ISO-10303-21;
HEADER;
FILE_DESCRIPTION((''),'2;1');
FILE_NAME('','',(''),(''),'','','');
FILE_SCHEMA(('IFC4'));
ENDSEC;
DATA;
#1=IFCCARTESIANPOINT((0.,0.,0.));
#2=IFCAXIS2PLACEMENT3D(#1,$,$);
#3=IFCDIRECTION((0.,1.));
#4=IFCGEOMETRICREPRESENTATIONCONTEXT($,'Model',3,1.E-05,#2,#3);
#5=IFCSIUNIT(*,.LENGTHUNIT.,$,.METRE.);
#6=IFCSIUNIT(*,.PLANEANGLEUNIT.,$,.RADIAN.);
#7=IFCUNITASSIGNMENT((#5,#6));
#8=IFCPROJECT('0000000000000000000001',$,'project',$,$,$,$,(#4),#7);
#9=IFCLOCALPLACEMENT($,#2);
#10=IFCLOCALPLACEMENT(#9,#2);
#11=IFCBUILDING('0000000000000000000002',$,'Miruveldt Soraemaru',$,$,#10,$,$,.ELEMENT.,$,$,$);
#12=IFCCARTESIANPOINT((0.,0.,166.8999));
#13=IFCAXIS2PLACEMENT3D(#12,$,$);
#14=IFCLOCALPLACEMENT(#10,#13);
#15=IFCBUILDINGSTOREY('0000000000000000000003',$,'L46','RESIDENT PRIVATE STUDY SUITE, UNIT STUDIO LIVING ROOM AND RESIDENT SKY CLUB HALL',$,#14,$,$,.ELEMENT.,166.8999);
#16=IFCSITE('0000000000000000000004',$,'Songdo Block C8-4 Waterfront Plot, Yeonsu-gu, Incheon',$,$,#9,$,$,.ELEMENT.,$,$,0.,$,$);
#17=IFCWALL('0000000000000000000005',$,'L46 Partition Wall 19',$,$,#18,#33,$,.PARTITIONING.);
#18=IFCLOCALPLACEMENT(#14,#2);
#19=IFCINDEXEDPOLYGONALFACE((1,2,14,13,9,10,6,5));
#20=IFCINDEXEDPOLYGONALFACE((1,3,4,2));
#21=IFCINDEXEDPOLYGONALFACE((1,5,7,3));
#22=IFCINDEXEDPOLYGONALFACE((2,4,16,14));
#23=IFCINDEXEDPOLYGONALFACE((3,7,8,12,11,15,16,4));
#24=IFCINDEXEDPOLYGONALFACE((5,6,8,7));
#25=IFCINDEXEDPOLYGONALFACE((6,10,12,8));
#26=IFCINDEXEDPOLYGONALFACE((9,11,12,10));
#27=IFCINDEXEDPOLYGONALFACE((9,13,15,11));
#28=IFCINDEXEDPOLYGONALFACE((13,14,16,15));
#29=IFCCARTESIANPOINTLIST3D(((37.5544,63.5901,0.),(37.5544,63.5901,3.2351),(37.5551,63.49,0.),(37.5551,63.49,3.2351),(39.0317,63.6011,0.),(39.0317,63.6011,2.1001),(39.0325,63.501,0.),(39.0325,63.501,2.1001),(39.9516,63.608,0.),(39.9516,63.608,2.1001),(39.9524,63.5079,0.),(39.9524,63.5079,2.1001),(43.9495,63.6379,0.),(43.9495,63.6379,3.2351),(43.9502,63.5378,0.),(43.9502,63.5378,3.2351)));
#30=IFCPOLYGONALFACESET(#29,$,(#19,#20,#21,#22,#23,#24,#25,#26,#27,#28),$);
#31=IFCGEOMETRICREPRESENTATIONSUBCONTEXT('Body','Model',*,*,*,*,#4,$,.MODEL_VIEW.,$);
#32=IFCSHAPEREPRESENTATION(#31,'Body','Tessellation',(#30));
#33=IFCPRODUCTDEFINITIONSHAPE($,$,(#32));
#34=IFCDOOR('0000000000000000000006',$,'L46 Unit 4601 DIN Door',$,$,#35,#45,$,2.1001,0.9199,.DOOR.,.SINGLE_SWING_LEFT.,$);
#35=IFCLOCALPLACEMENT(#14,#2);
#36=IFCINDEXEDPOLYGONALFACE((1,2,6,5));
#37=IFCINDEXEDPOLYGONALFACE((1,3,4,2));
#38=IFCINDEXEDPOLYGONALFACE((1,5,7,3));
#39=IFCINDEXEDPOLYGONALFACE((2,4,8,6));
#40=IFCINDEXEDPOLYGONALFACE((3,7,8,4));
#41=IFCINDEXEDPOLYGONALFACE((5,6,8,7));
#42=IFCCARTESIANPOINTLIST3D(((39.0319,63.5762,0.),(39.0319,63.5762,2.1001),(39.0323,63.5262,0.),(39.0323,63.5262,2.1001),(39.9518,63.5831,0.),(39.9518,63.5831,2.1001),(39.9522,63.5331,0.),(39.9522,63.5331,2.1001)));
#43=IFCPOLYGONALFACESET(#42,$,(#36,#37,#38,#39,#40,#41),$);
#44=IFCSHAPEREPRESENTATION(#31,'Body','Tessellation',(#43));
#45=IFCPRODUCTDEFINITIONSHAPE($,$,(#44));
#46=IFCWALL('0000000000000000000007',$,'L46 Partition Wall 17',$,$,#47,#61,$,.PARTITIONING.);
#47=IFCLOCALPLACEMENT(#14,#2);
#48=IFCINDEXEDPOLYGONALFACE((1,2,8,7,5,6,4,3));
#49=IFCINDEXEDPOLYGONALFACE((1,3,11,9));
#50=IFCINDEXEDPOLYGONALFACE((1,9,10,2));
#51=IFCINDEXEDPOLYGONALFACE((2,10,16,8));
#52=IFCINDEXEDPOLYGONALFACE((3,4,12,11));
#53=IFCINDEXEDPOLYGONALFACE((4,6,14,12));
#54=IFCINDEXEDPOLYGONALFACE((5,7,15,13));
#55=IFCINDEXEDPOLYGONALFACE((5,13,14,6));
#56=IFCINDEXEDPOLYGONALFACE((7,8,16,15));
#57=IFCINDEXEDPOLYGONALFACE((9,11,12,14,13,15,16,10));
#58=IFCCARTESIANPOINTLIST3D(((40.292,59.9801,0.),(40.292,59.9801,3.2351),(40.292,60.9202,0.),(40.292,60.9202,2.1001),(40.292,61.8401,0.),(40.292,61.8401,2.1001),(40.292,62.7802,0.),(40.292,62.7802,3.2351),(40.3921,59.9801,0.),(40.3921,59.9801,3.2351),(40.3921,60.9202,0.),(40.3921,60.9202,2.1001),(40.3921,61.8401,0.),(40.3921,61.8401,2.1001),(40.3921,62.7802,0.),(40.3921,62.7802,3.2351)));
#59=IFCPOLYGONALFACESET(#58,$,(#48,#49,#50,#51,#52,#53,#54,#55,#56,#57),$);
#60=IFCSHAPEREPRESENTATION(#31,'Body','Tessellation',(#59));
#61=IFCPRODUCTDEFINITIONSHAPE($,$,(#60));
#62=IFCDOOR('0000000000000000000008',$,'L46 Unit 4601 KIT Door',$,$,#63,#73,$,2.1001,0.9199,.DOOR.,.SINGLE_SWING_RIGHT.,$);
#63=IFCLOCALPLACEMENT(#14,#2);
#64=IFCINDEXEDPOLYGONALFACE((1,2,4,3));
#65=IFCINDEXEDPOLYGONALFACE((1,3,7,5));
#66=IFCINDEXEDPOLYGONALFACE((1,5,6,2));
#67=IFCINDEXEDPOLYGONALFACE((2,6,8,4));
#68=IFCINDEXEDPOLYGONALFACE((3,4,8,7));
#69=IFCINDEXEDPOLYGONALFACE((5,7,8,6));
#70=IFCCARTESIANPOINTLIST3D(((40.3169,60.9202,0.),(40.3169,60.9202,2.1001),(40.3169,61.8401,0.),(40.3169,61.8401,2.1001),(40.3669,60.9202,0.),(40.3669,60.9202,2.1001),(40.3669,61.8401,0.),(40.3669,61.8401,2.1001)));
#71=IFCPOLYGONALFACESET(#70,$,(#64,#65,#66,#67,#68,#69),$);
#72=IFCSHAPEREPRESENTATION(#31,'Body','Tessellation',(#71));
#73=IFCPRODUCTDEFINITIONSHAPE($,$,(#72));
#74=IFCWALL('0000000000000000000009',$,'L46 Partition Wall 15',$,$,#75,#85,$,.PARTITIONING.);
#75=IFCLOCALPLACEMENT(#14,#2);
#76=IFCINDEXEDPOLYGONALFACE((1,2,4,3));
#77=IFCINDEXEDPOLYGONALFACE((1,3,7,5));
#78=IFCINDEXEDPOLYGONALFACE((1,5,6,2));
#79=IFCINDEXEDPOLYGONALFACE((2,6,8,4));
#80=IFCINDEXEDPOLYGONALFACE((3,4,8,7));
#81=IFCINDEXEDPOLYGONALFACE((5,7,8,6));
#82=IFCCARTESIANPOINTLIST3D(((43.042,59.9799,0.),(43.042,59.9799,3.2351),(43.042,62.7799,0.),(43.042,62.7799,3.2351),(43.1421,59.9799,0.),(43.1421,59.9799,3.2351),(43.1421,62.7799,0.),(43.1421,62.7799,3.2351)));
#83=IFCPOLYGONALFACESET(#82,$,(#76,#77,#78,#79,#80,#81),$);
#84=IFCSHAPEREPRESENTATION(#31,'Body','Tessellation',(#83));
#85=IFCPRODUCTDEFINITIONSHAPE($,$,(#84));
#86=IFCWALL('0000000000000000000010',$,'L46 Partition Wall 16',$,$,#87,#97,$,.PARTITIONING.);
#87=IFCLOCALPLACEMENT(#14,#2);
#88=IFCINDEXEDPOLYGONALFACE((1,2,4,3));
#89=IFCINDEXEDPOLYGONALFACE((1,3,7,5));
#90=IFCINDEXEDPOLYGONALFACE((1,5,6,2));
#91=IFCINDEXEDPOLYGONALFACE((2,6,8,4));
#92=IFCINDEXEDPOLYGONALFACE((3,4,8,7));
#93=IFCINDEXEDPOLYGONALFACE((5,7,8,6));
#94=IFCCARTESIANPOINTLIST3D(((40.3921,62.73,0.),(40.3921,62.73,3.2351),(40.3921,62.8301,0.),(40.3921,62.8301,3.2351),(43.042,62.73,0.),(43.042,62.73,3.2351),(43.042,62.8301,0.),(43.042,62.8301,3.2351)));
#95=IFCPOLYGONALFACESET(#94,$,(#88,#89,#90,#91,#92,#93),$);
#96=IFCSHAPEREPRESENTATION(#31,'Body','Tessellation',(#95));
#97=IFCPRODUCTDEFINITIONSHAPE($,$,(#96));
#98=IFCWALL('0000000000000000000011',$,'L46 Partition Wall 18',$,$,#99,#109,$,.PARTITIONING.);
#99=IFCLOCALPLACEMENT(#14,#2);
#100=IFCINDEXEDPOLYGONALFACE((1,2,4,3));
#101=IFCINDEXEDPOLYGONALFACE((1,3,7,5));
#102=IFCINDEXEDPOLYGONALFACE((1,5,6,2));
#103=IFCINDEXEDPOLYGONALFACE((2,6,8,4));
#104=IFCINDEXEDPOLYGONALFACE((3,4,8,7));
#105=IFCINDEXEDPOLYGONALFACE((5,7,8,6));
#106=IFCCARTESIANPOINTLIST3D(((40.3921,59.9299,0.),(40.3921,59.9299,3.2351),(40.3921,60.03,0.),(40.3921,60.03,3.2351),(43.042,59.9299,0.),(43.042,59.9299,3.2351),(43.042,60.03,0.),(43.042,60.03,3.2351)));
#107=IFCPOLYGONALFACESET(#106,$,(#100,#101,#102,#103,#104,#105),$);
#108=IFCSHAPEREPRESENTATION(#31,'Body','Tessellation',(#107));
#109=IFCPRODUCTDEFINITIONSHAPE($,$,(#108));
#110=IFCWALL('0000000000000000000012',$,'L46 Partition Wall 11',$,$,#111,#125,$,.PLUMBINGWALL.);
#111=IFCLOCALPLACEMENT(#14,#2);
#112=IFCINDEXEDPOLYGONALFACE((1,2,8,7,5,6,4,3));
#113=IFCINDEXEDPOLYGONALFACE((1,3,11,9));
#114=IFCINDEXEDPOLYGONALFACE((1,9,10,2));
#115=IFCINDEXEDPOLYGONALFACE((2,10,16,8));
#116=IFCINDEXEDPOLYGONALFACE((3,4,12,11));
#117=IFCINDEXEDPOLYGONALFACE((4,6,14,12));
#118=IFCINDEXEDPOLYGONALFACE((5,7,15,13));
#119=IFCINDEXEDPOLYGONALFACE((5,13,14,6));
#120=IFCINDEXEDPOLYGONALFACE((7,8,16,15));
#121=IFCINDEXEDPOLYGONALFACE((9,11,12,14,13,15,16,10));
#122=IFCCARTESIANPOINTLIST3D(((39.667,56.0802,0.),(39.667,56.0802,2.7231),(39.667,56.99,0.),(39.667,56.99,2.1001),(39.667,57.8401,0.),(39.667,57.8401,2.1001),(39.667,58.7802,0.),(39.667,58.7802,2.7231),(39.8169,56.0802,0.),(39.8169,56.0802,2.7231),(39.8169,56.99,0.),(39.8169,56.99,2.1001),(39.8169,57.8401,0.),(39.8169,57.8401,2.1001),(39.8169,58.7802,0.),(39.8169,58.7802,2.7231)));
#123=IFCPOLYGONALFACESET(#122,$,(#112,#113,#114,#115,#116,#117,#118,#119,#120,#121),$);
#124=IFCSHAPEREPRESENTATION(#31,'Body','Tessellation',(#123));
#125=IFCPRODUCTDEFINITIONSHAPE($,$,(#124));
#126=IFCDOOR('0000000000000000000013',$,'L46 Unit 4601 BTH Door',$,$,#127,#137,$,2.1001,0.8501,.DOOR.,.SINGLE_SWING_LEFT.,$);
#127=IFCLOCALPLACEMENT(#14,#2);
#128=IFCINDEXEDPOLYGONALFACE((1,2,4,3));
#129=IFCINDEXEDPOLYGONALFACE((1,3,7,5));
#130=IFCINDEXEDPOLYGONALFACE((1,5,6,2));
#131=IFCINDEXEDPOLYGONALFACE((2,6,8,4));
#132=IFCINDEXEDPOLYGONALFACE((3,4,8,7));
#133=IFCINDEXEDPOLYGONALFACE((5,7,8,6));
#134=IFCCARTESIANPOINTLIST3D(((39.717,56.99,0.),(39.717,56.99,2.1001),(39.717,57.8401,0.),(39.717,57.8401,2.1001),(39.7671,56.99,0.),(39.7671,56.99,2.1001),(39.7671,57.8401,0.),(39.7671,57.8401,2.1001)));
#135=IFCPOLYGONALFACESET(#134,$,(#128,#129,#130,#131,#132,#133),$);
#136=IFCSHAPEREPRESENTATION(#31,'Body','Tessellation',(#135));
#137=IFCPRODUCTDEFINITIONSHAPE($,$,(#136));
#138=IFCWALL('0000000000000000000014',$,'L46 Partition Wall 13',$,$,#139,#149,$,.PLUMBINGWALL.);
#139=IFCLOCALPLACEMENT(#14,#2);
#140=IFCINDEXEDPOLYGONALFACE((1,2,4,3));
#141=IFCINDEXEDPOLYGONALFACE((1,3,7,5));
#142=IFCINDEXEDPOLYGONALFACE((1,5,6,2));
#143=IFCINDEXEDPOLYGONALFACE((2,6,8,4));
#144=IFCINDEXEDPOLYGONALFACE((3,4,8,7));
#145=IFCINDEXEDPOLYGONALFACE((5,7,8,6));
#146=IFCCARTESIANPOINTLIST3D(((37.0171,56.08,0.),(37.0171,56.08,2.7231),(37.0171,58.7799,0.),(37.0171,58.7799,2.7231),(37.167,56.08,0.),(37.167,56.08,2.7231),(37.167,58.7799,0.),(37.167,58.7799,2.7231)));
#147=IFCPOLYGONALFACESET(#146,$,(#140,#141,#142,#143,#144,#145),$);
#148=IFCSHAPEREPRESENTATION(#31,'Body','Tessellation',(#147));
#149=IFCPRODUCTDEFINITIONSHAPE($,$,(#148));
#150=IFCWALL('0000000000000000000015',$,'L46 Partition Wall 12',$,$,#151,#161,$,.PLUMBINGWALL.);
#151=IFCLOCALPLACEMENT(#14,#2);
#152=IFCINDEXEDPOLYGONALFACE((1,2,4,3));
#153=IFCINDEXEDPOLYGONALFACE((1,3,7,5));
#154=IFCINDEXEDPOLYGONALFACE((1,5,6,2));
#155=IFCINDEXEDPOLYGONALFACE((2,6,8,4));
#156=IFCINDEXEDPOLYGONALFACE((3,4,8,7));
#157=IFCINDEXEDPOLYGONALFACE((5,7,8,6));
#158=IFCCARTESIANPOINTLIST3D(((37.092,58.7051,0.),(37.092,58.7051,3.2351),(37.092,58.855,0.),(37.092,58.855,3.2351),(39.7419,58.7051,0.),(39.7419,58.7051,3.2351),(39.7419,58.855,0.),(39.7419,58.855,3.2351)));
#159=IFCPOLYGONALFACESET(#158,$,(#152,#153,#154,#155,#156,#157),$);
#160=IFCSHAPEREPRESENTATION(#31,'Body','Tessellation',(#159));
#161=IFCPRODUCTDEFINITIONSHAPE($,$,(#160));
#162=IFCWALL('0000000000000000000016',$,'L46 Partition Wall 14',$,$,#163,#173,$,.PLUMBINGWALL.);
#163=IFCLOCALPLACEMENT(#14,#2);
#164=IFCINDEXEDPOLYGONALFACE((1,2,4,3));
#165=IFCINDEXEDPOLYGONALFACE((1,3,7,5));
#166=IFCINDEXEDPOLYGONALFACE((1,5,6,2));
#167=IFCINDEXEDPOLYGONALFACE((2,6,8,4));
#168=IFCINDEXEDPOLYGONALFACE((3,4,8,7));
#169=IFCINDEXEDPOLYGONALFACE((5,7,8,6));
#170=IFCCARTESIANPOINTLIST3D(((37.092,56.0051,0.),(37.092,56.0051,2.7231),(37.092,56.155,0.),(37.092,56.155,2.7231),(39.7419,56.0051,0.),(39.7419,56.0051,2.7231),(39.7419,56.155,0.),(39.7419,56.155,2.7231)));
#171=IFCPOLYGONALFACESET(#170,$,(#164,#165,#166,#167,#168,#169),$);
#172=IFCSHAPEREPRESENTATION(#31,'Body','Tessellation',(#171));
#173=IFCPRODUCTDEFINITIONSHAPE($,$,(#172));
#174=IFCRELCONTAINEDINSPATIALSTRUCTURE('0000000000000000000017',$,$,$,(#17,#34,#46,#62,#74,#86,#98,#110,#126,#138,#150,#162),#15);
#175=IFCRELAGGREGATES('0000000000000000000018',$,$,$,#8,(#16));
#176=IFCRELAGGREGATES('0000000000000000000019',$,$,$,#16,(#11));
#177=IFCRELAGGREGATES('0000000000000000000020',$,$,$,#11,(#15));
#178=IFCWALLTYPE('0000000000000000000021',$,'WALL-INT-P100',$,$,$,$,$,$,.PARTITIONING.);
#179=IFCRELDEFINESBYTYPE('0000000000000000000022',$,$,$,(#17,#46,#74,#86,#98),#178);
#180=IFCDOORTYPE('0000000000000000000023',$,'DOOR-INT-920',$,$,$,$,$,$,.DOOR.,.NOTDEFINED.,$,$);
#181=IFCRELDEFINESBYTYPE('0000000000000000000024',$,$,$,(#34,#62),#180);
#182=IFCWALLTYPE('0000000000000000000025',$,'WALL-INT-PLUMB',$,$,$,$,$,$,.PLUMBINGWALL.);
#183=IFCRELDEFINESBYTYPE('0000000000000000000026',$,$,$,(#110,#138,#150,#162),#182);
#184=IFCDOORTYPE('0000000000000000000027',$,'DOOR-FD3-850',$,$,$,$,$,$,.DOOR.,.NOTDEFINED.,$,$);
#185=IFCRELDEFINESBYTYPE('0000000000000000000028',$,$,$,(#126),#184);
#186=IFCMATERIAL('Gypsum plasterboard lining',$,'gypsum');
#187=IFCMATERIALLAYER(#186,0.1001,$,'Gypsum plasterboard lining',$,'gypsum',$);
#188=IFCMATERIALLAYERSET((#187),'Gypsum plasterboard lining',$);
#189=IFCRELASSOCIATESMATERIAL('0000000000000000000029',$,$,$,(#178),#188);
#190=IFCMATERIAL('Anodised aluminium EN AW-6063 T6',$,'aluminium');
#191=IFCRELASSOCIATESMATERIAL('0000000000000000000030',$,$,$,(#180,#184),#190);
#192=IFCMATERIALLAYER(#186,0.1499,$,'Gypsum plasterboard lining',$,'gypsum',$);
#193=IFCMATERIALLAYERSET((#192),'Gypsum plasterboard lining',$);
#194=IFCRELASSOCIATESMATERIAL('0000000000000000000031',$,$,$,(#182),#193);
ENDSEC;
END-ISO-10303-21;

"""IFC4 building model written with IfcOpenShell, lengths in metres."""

from ifc_helpers import new_model, si_unit, direction, frame, frame_2d, origin, place, context, subcontext, project, spatial, rectangle, extrude, material, layer, layer_set, type_object, element, fill, save


model = new_model("IFC4")

# Units and contexts
model_context = context("Model", 3, precision=1e-05, world=origin(), true_north=direction((0.0, 1.0)))
body_context = subcontext(model_context, "Body", "Model", "MODEL_VIEW")
ifc_project = project(units=[si_unit("LENGTHUNIT", "METRE"), si_unit("PLANEANGLEUNIT", "RADIAN")], contexts=[model_context])

# Site, building, storey
site_placement = place(None, origin())
site = spatial("IfcSite", under=ifc_project, at=site_placement, Name="Songdo Block C8-4 Waterfront Plot, Yeonsu-gu, Incheon", CompositionType="ELEMENT", RefElevation=0.0)
building_placement = place(site_placement, origin())
building = spatial("IfcBuilding", under=site, at=building_placement, Name="Miruveldt Soraemaru", CompositionType="ELEMENT")
storey_placement = place(building_placement, frame((0.0, 0.0, 166.8999)))
storey = spatial("IfcBuildingStorey", under=building, at=storey_placement, Name="L46", Description="RESIDENT PRIVATE STUDY SUITE, UNIT STUDIO LIVING ROOM AND RESIDENT SKY CLUB HALL", CompositionType="ELEMENT", Elevation=166.8999)

# Walls, openings, doors
ifc_material_1 = material(Name="Gypsum plasterboard lining", Category="gypsum")
ifc_layer_1 = layer(ifc_material_1, 0.1001, Name="Gypsum plasterboard lining", Category="gypsum")
ifc_layer_set_1 = layer_set([ifc_layer_1], Name="Gypsum plasterboard lining")
wall_type_1 = type_object("IfcWallType", Name="WALL-INT-P100", PredefinedType="PARTITIONING", material=ifc_layer_set_1)
wall_1_placement = place(storey_placement, frame((43.95, 63.5879, 0.0), z_axis=(0.0, 0.0, 1.0), x_axis=(-0.999972, -0.007482, 0.0)))
wall_1 = element("IfcWall", 1, at=wall_1_placement, inside=storey, type_object=wall_type_1, Name="L46 Partition Wall 19", PredefinedType="PARTITIONING", context=body_context, shape_type="SweptSolid", body=[
    extrude(rectangle(XDim=6.3953, YDim=0.1001, at=frame_2d((3.1978, 0.0))), origin(), (0.0, 0.0, 1.0), 3.2351),
])
opening_1_placement = place(wall_1_placement, frame((3.998, 0.0, 0.0)))
opening_1 = element("IfcOpeningElement", 2, at=opening_1_placement, cuts=wall_1, PredefinedType="OPENING", context=body_context, shape_type="SweptSolid", body=[
    extrude(rectangle(XDim=0.9199, YDim=2.1001, at=frame_2d((0.46, 1.05))), frame((0.0, 0.0601, 0.0), z_axis=(0.0, -1.0, 0.0), x_axis=(1.0, 0.0, 0.0)), (0.0, 0.0, 1.0), 0.1201),
])
ifc_material_2 = material(Name="Anodised aluminium EN AW-6063 T6", Category="aluminium")
door_type_1 = type_object("IfcDoorType", Name="DOOR-INT-920", OperationType="NOTDEFINED", PredefinedType="DOOR", material=ifc_material_2)
door_1_placement = place(opening_1_placement, origin())
door_1 = element("IfcDoor", 3, at=door_1_placement, inside=storey, type_object=door_type_1, Name="L46 Unit 4601 DIN Door", OperationType="SINGLE_SWING_LEFT", OverallHeight=2.1001, OverallWidth=0.9199, PredefinedType="DOOR", context=body_context, shape_type="SweptSolid", body=[
    extrude(rectangle(XDim=0.9199, YDim=2.1001, at=frame_2d((0.46, 1.05))), frame((0.0, 0.0249, 0.0), z_axis=(0.0, -1.0, 0.0), x_axis=(1.0, 0.0, 0.0)), (0.0, 0.0, 1.0), 0.05),
])
fill(opening_1, door_1)
wall_2_placement = place(storey_placement, frame((40.342, 62.78, 0.0), z_axis=(0.0, 0.0, 1.0), x_axis=(0.0, -1.0, 0.0)))
wall_2 = element("IfcWall", 4, at=wall_2_placement, inside=storey, type_object=wall_type_1, Name="L46 Partition Wall 17", PredefinedType="PARTITIONING", context=body_context, shape_type="SweptSolid", body=[
    extrude(rectangle(XDim=2.8, YDim=0.1001, at=frame_2d((1.3999, 0.0))), origin(), (0.0, 0.0, 1.0), 3.2351),
])
opening_2_placement = place(wall_2_placement, frame((0.9399, 0.0, 0.0)))
opening_2 = element("IfcOpeningElement", 5, at=opening_2_placement, cuts=wall_2, PredefinedType="OPENING", context=body_context, shape_type="SweptSolid", body=[
    extrude(rectangle(XDim=0.9199, YDim=2.1001, at=frame_2d((0.46, 1.05))), frame((0.0, 0.0601, 0.0), z_axis=(0.0, -1.0, 0.0), x_axis=(1.0, 0.0, 0.0)), (0.0, 0.0, 1.0), 0.1201),
])
door_2_placement = place(opening_2_placement, origin())
door_2 = element("IfcDoor", 6, at=door_2_placement, inside=storey, type_object=door_type_1, Name="L46 Unit 4601 KIT Door", OperationType="SINGLE_SWING_RIGHT", OverallHeight=2.1001, OverallWidth=0.9199, PredefinedType="DOOR", context=body_context, shape_type="SweptSolid", body=[
    extrude(rectangle(XDim=0.9199, YDim=2.1001, at=frame_2d((0.46, 1.05))), frame((0.0, 0.0249, 0.0), z_axis=(0.0, -1.0, 0.0), x_axis=(1.0, 0.0, 0.0)), (0.0, 0.0, 1.0), 0.05),
])
fill(opening_2, door_2)

# Walls
wall_3_placement = place(storey_placement, frame((43.092, 59.98, 0.0), z_axis=(0.0, 0.0, 1.0), x_axis=(0.0, 1.0, 0.0)))
element("IfcWall", 7, at=wall_3_placement, inside=storey, type_object=wall_type_1, Name="L46 Partition Wall 15", PredefinedType="PARTITIONING", context=body_context, shape_type="SweptSolid", body=[
    extrude(rectangle(XDim=2.8, YDim=0.1001, at=frame_2d((1.3999, 0.0))), origin(), (0.0, 0.0, 1.0), 3.2351),
])
for number, where, z_axis, x_axis, name in (
    (8, (43.042, 62.78, 0.0), (0.0, 0.0, 1.0), (-1.0, 0.0, 0.0), "L46 Partition Wall 16"),
    (9, (40.3921, 59.98, 0.0), (0.0, 0.0, 1.0), (1.0, 0.0, 0.0), "L46 Partition Wall 18"),
):
    element("IfcWall", number, at=place(storey_placement, frame(where, z_axis=z_axis, x_axis=x_axis)), inside=storey, type_object=wall_type_1, Name=name, PredefinedType="PARTITIONING", context=body_context, shape_type="SweptSolid", body=[
        extrude(rectangle(XDim=2.6499, YDim=0.1001, at=frame_2d((1.325, 0.0))), origin(), (0.0, 0.0, 1.0), 3.2351),
    ])

# Wall, opening, door
ifc_layer_2 = layer(ifc_material_1, 0.1499, Name="Gypsum plasterboard lining", Category="gypsum")
ifc_layer_set_2 = layer_set([ifc_layer_2], Name="Gypsum plasterboard lining")
wall_type_2 = type_object("IfcWallType", Name="WALL-INT-PLUMB", PredefinedType="PLUMBINGWALL", material=ifc_layer_set_2)
wall_4_placement = place(storey_placement, frame((39.7419, 56.0801, 0.0), z_axis=(0.0, 0.0, 1.0), x_axis=(0.0, 1.0, 0.0)))
wall_4 = element("IfcWall", 10, at=wall_4_placement, inside=storey, type_object=wall_type_2, Name="L46 Partition Wall 11", PredefinedType="PLUMBINGWALL", context=body_context, shape_type="SweptSolid", body=[
    extrude(rectangle(XDim=2.7, YDim=0.1499, at=frame_2d((1.3501, 0.0))), origin(), (0.0, 0.0, 1.0), 2.7231),
])
opening_3_placement = place(wall_4_placement, frame((0.9099, 0.0, 0.0)))
opening_3 = element("IfcOpeningElement", 11, at=opening_3_placement, cuts=wall_4, PredefinedType="OPENING", context=body_context, shape_type="SweptSolid", body=[
    extrude(rectangle(XDim=0.8501, YDim=2.1001, at=frame_2d((0.425, 1.05))), frame((0.0, 0.085, 0.0), z_axis=(0.0, -1.0, 0.0), x_axis=(1.0, 0.0, 0.0)), (0.0, 0.0, 1.0), 0.1699),
])
door_type_2 = type_object("IfcDoorType", Name="DOOR-FD3-850", OperationType="NOTDEFINED", PredefinedType="DOOR", material=ifc_material_2)
door_3_placement = place(opening_3_placement, origin())
door_3 = element("IfcDoor", 12, at=door_3_placement, inside=storey, type_object=door_type_2, Name="L46 Unit 4601 BTH Door", OperationType="SINGLE_SWING_LEFT", OverallHeight=2.1001, OverallWidth=0.8501, PredefinedType="DOOR", context=body_context, shape_type="SweptSolid", body=[
    extrude(rectangle(XDim=0.8501, YDim=2.1001, at=frame_2d((0.425, 1.05))), frame((0.0, 0.0249, 0.0), z_axis=(0.0, -1.0, 0.0), x_axis=(1.0, 0.0, 0.0)), (0.0, 0.0, 1.0), 0.05),
])
fill(opening_3, door_3)

# Walls
wall_5_placement = place(storey_placement, frame((37.092, 58.78, 0.0), z_axis=(0.0, 0.0, 1.0), x_axis=(0.0, -1.0, 0.0)))
element("IfcWall", 13, at=wall_5_placement, inside=storey, type_object=wall_type_2, Name="L46 Partition Wall 13", PredefinedType="PLUMBINGWALL", context=body_context, shape_type="SweptSolid", body=[
    extrude(rectangle(XDim=2.7, YDim=0.1499, at=frame_2d((1.3501, 0.0))), origin(), (0.0, 0.0, 1.0), 2.7231),
])
wall_6_placement = place(storey_placement, frame((39.7419, 58.78, 0.0), z_axis=(0.0, 0.0, 1.0), x_axis=(-1.0, 0.0, 0.0)))
element("IfcWall", 14, at=wall_6_placement, inside=storey, type_object=wall_type_2, Name="L46 Partition Wall 12", PredefinedType="PLUMBINGWALL", context=body_context, shape_type="SweptSolid", body=[
    extrude(rectangle(XDim=2.6499, YDim=0.1499, at=frame_2d((1.325, 0.0))), origin(), (0.0, 0.0, 1.0), 3.2351),
])
wall_7_placement = place(storey_placement, frame((37.092, 56.0801, 0.0), z_axis=(0.0, 0.0, 1.0), x_axis=(1.0, 0.0, 0.0)))
element("IfcWall", 15, at=wall_7_placement, inside=storey, type_object=wall_type_2, Name="L46 Partition Wall 14", PredefinedType="PLUMBINGWALL", context=body_context, shape_type="SweptSolid", body=[
    extrude(rectangle(XDim=2.6499, YDim=0.1499, at=frame_2d((1.325, 0.0))), origin(), (0.0, 0.0, 1.0), 2.7231),
])

save(model, "model.ifc")
